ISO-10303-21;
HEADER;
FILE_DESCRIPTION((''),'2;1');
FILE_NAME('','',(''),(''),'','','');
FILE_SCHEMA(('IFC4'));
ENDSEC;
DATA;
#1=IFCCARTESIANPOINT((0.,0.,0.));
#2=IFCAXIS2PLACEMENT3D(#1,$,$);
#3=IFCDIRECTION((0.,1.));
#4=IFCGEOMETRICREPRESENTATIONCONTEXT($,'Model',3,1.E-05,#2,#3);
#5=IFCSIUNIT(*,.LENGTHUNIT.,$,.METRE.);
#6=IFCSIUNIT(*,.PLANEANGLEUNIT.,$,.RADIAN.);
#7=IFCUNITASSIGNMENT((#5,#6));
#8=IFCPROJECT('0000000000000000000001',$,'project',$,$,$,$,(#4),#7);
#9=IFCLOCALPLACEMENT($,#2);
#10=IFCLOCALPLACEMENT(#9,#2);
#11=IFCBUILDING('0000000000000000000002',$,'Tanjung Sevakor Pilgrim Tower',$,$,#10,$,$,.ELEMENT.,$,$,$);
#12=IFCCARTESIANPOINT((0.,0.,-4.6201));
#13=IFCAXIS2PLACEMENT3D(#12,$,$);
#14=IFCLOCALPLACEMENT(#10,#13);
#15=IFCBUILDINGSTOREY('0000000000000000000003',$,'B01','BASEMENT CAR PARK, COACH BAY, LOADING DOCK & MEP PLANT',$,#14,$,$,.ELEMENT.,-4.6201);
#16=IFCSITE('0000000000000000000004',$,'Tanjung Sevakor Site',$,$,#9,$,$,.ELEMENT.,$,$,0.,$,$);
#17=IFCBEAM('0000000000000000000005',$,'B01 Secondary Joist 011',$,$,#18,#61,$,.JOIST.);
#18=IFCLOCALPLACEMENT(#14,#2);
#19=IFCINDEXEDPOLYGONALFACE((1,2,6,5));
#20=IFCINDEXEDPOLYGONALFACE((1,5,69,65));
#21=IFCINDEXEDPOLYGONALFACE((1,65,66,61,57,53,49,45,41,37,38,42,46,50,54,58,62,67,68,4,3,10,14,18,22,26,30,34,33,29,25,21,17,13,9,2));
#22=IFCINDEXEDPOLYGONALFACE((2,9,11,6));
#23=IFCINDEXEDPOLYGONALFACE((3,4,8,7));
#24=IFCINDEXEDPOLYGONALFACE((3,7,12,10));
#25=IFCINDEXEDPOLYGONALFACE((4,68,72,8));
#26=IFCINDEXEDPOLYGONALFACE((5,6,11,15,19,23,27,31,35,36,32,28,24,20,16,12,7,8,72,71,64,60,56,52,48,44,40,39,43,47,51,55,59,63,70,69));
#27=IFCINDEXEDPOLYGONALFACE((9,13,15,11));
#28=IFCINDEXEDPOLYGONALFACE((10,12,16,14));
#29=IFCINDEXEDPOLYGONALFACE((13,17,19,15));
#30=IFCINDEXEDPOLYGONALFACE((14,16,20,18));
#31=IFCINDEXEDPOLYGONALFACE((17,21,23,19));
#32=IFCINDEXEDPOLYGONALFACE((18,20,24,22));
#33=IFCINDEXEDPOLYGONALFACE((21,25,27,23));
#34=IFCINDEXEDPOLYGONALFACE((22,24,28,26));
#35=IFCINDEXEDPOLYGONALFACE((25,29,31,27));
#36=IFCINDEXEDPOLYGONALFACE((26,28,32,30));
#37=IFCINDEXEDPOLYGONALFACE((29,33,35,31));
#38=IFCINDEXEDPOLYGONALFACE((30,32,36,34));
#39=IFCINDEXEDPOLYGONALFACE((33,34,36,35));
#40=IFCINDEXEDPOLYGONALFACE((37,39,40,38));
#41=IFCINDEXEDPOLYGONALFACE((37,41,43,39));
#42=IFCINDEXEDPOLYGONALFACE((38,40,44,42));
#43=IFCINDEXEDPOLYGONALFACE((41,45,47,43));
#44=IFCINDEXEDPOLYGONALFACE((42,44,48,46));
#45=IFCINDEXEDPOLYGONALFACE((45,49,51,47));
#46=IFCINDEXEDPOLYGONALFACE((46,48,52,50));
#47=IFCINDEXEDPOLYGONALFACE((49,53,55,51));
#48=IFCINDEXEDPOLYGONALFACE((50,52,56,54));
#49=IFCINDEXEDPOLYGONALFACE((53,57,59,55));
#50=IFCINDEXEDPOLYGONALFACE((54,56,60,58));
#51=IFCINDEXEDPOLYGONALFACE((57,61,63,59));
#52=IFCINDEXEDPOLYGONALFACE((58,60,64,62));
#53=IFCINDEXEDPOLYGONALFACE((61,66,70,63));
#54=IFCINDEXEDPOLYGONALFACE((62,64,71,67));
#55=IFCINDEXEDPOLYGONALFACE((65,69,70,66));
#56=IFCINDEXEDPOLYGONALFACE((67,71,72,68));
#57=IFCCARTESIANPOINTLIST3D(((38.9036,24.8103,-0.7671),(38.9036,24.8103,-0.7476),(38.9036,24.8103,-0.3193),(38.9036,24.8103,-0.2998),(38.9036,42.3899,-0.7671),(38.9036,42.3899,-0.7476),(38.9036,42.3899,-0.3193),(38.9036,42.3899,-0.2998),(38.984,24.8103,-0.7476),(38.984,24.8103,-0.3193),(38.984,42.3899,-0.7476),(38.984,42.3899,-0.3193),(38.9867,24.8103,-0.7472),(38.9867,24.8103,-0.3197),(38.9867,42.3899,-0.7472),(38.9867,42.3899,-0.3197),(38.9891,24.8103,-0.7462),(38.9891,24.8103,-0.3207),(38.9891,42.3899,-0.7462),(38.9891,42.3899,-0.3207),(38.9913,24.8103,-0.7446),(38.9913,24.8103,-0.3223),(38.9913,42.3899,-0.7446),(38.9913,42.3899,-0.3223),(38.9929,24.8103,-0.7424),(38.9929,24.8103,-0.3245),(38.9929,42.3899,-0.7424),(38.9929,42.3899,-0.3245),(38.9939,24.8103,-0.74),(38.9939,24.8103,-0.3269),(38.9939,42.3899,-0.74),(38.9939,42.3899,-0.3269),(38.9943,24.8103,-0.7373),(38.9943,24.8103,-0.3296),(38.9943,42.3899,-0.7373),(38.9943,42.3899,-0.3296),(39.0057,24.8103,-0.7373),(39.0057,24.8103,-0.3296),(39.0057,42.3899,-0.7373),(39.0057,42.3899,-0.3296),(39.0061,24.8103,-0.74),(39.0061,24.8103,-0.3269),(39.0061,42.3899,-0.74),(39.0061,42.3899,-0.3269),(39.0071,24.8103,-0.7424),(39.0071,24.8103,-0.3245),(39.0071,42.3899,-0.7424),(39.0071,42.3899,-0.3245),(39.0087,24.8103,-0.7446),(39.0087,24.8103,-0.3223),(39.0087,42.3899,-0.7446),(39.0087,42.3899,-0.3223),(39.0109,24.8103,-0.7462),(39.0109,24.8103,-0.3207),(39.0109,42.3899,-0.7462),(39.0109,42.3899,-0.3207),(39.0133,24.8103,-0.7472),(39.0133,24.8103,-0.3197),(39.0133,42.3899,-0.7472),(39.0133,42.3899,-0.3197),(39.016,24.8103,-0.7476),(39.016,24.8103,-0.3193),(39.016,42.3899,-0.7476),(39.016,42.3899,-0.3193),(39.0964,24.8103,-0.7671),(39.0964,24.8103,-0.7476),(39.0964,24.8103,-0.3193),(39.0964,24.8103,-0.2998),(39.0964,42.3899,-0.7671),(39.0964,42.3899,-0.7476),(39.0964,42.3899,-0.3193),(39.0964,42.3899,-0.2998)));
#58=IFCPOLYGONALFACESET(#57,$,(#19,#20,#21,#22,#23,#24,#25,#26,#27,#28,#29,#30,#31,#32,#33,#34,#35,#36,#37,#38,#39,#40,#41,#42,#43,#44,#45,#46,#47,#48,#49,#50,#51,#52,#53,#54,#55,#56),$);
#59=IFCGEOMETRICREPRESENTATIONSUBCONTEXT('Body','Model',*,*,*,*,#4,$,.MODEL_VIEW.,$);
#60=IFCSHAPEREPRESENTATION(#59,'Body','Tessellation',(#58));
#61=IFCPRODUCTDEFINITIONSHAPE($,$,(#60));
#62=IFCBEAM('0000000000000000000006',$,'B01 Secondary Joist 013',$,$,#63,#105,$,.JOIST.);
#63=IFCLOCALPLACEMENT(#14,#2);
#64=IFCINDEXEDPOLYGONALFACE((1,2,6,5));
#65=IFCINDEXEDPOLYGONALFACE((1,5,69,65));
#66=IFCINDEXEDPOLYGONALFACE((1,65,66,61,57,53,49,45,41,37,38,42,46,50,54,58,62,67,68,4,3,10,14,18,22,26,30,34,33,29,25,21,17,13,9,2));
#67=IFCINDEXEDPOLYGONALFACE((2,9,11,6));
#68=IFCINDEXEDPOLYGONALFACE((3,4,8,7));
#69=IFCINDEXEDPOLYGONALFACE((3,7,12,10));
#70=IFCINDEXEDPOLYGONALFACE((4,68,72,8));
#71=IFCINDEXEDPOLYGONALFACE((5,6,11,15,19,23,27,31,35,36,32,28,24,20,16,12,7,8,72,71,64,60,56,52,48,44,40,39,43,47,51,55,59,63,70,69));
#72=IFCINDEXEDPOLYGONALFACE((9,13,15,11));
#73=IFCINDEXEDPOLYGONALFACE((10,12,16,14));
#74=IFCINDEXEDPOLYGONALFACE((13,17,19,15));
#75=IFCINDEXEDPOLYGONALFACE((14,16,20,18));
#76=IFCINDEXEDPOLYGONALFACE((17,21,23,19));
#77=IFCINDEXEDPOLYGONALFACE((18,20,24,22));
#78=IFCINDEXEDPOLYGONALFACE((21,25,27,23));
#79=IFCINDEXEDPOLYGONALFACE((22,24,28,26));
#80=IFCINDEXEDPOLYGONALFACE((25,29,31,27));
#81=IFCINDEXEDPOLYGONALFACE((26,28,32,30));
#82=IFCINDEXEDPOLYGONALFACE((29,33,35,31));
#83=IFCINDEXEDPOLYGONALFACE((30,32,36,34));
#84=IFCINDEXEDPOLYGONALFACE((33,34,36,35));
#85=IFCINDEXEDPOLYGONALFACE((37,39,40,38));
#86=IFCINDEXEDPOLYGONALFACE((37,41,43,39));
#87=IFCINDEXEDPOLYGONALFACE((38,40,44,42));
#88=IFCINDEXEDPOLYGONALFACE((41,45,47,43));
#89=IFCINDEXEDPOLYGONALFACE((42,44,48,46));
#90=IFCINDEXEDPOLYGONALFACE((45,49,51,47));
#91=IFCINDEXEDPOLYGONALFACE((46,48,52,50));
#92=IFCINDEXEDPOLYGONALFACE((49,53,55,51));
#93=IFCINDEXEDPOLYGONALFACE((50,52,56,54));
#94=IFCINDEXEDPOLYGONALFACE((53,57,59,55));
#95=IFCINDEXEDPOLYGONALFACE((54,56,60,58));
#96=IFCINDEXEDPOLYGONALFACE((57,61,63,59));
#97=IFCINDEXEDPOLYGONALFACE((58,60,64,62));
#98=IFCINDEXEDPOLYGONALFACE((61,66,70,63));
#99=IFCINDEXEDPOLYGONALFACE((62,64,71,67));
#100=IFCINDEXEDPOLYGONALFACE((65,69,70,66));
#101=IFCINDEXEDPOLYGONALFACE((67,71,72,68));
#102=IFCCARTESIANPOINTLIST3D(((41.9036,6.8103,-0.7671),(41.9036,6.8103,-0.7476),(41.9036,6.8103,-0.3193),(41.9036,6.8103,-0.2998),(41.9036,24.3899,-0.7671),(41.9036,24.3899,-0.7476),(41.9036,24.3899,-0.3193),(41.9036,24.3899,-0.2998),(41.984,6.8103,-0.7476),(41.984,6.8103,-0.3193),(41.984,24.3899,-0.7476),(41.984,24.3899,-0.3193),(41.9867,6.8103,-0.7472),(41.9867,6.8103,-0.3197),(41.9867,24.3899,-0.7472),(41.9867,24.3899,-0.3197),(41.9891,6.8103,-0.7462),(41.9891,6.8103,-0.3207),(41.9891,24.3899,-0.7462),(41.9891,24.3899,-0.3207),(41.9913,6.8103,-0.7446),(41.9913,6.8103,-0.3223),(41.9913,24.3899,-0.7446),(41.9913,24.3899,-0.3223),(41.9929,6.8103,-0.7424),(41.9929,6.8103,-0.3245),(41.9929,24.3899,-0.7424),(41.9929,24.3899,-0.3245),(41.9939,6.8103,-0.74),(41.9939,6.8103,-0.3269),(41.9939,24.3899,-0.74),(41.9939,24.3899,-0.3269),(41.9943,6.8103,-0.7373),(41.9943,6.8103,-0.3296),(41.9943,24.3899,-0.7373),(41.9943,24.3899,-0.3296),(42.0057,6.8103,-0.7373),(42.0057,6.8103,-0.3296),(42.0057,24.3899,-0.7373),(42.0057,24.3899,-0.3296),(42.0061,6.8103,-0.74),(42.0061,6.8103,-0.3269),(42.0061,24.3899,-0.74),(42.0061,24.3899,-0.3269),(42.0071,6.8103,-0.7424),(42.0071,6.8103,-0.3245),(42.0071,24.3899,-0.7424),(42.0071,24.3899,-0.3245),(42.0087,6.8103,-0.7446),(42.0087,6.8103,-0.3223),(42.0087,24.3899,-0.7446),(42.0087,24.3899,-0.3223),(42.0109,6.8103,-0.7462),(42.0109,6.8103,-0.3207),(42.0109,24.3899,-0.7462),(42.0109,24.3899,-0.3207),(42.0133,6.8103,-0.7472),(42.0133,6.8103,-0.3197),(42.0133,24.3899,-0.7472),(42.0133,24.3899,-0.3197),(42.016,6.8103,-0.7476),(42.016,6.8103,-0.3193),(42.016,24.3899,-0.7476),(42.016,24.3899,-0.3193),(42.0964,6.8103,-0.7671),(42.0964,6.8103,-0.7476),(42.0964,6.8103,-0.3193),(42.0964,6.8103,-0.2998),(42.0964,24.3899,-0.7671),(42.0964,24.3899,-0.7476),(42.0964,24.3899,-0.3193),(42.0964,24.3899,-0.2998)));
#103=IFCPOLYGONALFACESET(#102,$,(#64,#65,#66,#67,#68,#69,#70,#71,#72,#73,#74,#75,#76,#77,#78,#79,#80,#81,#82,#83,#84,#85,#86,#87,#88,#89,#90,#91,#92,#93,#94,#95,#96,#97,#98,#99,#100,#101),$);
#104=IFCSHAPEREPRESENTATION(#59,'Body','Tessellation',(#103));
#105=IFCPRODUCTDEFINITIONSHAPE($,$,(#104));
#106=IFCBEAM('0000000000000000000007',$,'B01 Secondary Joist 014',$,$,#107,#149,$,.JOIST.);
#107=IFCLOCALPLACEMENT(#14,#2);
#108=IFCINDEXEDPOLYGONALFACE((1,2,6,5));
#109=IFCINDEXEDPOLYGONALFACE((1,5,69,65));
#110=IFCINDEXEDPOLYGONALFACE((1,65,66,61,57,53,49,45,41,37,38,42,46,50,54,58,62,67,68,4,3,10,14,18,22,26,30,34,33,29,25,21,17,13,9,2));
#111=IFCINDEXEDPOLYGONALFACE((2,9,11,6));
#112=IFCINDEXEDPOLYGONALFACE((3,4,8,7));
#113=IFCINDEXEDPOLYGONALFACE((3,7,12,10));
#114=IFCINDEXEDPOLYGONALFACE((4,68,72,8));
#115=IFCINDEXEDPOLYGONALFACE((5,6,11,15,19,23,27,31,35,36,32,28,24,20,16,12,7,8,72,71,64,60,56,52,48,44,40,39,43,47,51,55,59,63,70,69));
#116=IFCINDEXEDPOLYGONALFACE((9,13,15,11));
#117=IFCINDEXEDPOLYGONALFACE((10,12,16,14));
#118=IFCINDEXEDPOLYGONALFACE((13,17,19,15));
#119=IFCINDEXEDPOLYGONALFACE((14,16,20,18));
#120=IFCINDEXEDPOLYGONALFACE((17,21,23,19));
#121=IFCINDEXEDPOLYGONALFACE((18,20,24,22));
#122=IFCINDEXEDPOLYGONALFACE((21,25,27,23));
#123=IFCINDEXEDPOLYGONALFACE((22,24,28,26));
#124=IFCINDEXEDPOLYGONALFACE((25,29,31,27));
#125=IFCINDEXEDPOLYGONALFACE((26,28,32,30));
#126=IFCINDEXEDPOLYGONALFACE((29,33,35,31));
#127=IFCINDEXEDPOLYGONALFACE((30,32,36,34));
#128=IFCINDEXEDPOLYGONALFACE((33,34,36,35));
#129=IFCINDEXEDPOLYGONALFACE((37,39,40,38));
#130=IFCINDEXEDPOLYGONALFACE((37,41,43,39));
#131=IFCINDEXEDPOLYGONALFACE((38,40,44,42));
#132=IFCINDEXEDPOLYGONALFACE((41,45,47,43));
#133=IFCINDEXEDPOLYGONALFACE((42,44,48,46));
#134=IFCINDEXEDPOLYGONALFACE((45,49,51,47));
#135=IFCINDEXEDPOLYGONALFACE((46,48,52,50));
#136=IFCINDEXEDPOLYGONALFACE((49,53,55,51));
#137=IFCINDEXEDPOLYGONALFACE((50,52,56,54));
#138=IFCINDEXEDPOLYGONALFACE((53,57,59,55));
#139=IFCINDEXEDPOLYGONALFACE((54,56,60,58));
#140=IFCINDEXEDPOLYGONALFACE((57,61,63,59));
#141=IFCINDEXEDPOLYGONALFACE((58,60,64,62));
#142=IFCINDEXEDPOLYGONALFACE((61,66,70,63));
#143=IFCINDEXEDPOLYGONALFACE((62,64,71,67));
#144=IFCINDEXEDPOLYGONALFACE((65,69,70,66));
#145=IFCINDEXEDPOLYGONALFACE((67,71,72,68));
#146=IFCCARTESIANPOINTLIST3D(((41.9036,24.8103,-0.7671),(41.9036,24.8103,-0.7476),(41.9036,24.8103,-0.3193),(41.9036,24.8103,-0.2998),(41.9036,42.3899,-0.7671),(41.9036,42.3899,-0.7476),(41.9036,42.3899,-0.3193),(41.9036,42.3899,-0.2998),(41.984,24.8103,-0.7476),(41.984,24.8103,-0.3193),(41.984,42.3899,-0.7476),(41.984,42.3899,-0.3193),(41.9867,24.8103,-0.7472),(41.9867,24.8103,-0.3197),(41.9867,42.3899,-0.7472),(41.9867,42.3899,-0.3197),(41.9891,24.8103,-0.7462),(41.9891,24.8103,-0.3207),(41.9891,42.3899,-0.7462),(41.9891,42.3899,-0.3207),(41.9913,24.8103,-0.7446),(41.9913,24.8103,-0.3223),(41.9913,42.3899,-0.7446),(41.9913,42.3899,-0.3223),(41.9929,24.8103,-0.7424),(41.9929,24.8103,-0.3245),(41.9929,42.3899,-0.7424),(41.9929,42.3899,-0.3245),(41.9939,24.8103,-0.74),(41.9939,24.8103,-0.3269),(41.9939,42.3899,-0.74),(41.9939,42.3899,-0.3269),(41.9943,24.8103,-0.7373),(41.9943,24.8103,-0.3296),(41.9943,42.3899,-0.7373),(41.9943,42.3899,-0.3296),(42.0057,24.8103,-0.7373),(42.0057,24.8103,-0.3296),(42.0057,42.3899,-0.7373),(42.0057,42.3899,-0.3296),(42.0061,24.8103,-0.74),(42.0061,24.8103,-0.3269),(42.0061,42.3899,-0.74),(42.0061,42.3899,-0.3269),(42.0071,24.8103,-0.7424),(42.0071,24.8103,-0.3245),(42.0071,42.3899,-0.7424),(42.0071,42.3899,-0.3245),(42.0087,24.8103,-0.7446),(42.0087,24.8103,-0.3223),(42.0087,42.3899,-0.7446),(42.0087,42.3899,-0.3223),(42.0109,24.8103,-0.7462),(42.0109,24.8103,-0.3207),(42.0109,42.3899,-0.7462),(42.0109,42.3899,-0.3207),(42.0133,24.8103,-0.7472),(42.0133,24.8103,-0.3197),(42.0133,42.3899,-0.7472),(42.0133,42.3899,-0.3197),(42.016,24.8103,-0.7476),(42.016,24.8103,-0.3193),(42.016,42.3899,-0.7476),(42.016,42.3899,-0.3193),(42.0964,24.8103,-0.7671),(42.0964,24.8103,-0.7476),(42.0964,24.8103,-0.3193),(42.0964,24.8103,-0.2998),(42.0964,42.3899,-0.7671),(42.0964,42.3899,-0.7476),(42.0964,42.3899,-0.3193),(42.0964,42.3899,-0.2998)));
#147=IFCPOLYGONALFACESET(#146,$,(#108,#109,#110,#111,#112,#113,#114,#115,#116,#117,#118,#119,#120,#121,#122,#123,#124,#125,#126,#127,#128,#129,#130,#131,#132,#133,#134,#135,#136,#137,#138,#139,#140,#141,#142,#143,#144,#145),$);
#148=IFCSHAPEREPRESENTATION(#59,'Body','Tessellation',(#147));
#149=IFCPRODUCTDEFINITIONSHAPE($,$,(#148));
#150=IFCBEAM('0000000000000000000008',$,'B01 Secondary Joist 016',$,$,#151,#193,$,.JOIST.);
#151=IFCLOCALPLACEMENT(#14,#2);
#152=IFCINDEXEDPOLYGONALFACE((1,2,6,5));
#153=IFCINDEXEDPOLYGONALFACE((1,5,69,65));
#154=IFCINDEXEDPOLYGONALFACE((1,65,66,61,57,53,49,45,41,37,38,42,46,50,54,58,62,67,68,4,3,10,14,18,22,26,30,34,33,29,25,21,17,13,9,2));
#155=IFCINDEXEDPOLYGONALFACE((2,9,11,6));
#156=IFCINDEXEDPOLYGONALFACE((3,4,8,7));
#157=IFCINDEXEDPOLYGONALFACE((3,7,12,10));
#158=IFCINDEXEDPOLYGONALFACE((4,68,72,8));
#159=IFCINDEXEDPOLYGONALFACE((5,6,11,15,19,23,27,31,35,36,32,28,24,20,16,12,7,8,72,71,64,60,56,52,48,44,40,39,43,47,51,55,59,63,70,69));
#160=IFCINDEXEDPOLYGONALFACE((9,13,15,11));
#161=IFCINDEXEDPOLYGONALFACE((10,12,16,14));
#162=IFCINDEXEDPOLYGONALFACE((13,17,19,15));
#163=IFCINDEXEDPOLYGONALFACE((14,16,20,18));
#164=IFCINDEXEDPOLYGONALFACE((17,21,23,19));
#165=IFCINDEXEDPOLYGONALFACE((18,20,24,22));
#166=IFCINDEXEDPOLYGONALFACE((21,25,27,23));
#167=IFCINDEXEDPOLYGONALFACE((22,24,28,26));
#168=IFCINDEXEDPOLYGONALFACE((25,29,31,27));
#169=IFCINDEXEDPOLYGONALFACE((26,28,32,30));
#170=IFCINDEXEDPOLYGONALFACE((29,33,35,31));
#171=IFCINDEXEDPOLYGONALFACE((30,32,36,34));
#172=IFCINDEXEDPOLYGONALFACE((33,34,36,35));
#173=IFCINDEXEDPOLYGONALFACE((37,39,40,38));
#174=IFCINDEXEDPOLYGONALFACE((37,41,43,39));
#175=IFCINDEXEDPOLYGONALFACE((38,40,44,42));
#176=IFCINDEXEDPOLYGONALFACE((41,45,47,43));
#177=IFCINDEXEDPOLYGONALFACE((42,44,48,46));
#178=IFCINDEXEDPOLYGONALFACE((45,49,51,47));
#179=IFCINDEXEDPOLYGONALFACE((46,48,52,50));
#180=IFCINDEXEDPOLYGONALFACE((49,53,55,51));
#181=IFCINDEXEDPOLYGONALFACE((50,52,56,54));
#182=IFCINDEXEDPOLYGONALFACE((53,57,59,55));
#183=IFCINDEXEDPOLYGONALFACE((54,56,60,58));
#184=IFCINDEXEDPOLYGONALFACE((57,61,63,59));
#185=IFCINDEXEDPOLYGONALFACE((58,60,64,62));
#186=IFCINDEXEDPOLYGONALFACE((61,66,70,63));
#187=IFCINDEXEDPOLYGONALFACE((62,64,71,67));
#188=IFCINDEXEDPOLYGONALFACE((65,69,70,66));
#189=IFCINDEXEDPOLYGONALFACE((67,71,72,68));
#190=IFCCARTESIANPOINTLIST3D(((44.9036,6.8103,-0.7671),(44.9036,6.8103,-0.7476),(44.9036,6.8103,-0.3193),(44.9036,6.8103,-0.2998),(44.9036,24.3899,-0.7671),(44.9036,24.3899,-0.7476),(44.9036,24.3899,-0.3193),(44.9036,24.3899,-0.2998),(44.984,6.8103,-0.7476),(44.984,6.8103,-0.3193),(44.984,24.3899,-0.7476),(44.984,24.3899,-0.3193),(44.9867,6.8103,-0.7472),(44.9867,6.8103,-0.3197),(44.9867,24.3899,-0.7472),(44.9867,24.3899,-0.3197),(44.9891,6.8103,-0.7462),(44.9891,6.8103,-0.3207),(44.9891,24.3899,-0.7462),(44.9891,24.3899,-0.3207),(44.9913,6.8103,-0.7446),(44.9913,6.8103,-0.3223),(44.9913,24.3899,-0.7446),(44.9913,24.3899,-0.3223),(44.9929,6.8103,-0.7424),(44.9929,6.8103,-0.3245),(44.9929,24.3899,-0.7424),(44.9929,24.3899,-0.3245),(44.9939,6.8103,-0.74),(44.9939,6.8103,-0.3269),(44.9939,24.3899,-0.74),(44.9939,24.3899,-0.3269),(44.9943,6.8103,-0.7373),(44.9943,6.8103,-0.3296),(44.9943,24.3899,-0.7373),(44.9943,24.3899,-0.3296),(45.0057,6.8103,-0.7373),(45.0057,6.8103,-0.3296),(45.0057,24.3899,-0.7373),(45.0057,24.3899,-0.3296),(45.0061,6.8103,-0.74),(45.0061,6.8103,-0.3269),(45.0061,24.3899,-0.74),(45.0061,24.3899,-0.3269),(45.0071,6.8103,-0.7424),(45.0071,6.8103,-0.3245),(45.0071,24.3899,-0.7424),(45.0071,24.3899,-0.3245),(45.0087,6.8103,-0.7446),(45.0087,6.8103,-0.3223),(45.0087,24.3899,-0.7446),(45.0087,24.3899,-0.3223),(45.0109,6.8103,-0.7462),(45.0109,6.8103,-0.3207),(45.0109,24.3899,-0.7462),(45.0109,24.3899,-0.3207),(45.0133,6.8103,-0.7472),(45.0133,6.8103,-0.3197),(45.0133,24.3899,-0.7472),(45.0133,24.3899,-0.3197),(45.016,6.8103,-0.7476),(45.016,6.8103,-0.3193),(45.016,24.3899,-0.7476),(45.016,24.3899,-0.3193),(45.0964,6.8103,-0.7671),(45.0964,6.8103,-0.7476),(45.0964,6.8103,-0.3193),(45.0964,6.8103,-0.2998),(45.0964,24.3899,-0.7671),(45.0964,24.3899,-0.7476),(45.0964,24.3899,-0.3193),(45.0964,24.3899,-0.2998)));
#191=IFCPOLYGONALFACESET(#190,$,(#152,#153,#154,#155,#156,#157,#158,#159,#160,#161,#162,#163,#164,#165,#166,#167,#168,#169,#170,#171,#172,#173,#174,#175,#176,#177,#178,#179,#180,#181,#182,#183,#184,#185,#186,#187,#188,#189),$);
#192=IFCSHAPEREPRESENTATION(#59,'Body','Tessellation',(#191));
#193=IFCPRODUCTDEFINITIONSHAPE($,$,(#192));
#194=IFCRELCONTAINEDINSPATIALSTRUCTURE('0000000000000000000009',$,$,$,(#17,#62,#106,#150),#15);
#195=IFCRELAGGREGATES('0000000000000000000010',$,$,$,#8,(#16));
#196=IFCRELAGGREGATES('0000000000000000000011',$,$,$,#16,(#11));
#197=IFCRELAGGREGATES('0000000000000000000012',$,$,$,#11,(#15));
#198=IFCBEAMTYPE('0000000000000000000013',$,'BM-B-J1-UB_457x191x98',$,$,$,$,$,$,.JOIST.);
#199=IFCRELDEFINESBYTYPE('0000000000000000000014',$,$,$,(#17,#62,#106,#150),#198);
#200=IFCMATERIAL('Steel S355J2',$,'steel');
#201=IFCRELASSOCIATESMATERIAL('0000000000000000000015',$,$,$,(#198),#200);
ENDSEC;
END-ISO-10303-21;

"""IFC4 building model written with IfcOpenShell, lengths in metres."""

from ifc_helpers import new_model, si_unit, direction, frame, origin, origin_2d, place, context, subcontext, project, spatial, i_section, extrude, material, material_profile, profile_set, type_object, element, save


model = new_model("IFC4")

# Units and contexts
model_context = context("Model", 3, precision=1e-05, world=origin(), true_north=direction((0.0, 1.0)))
body_context = subcontext(model_context, "Body", "Model", "MODEL_VIEW")
ifc_project = project(units=[si_unit("LENGTHUNIT", "METRE"), si_unit("PLANEANGLEUNIT", "RADIAN")], contexts=[model_context])

# Site, building, storey
site_placement = place(None, origin())
site = spatial("IfcSite", under=ifc_project, at=site_placement, Name="Tanjung Sevakor Site", CompositionType="ELEMENT", RefElevation=0.0)
building_placement = place(site_placement, origin())
building = spatial("IfcBuilding", under=site, at=building_placement, Name="Tanjung Sevakor Pilgrim Tower", CompositionType="ELEMENT")
storey_placement = place(building_placement, frame((0.0, 0.0, -4.6201)))
storey = spatial("IfcBuildingStorey", under=building, at=storey_placement, Name="B01", Description="BASEMENT CAR PARK, COACH BAY, LOADING DOCK & MEP PLANT", CompositionType="ELEMENT", Elevation=-4.6201)

# Beams
ifc_material_1 = material(Name="Steel S355J2", Category="steel")
ifc_material_profile_1 = material_profile(ifc_material_1, i_section(OverallWidth=0.1929, OverallDepth=0.4673, WebThickness=0.0115, FlangeThickness=0.0195, FilletRadius=0.0103, at=origin_2d()))
ifc_profile_set_1 = profile_set([ifc_material_profile_1], Name="Steel S355J2")
beam_type_1 = type_object("IfcBeamType", Name="BM-B-J1-UB_457x191x98", PredefinedType="JOIST", material=ifc_profile_set_1)
for number, where, z_axis, x_axis, name in (
    (1, (39.0, 24.8103, -0.5334), (0.0, 1.0, 0.0), (-1.0, 0.0, 0.0), "B01 Secondary Joist 011"),
    (2, (42.0, 6.8103, -0.5334), (0.0, 1.0, 0.0), (-1.0, 0.0, 0.0), "B01 Secondary Joist 013"),
    (3, (42.0, 24.8103, -0.5334), (0.0, 1.0, 0.0), (-1.0, 0.0, 0.0), "B01 Secondary Joist 014"),
    (4, (45.0, 6.8103, -0.5334), (0.0, 1.0, 0.0), (-1.0, 0.0, 0.0), "B01 Secondary Joist 016"),
):
    element("IfcBeam", number, at=place(storey_placement, frame(where, z_axis=z_axis, x_axis=x_axis)), inside=storey, type_object=beam_type_1, Name=name, PredefinedType="JOIST", context=body_context, shape_type="SweptSolid", body=[
        extrude(i_section(OverallWidth=0.1929, OverallDepth=0.4673, WebThickness=0.0115, FlangeThickness=0.0195, FilletRadius=0.0103, at=origin_2d()), origin(), (0.0, 0.0, 1.0), 17.5796),
    ])

save(model, "model.ifc")
